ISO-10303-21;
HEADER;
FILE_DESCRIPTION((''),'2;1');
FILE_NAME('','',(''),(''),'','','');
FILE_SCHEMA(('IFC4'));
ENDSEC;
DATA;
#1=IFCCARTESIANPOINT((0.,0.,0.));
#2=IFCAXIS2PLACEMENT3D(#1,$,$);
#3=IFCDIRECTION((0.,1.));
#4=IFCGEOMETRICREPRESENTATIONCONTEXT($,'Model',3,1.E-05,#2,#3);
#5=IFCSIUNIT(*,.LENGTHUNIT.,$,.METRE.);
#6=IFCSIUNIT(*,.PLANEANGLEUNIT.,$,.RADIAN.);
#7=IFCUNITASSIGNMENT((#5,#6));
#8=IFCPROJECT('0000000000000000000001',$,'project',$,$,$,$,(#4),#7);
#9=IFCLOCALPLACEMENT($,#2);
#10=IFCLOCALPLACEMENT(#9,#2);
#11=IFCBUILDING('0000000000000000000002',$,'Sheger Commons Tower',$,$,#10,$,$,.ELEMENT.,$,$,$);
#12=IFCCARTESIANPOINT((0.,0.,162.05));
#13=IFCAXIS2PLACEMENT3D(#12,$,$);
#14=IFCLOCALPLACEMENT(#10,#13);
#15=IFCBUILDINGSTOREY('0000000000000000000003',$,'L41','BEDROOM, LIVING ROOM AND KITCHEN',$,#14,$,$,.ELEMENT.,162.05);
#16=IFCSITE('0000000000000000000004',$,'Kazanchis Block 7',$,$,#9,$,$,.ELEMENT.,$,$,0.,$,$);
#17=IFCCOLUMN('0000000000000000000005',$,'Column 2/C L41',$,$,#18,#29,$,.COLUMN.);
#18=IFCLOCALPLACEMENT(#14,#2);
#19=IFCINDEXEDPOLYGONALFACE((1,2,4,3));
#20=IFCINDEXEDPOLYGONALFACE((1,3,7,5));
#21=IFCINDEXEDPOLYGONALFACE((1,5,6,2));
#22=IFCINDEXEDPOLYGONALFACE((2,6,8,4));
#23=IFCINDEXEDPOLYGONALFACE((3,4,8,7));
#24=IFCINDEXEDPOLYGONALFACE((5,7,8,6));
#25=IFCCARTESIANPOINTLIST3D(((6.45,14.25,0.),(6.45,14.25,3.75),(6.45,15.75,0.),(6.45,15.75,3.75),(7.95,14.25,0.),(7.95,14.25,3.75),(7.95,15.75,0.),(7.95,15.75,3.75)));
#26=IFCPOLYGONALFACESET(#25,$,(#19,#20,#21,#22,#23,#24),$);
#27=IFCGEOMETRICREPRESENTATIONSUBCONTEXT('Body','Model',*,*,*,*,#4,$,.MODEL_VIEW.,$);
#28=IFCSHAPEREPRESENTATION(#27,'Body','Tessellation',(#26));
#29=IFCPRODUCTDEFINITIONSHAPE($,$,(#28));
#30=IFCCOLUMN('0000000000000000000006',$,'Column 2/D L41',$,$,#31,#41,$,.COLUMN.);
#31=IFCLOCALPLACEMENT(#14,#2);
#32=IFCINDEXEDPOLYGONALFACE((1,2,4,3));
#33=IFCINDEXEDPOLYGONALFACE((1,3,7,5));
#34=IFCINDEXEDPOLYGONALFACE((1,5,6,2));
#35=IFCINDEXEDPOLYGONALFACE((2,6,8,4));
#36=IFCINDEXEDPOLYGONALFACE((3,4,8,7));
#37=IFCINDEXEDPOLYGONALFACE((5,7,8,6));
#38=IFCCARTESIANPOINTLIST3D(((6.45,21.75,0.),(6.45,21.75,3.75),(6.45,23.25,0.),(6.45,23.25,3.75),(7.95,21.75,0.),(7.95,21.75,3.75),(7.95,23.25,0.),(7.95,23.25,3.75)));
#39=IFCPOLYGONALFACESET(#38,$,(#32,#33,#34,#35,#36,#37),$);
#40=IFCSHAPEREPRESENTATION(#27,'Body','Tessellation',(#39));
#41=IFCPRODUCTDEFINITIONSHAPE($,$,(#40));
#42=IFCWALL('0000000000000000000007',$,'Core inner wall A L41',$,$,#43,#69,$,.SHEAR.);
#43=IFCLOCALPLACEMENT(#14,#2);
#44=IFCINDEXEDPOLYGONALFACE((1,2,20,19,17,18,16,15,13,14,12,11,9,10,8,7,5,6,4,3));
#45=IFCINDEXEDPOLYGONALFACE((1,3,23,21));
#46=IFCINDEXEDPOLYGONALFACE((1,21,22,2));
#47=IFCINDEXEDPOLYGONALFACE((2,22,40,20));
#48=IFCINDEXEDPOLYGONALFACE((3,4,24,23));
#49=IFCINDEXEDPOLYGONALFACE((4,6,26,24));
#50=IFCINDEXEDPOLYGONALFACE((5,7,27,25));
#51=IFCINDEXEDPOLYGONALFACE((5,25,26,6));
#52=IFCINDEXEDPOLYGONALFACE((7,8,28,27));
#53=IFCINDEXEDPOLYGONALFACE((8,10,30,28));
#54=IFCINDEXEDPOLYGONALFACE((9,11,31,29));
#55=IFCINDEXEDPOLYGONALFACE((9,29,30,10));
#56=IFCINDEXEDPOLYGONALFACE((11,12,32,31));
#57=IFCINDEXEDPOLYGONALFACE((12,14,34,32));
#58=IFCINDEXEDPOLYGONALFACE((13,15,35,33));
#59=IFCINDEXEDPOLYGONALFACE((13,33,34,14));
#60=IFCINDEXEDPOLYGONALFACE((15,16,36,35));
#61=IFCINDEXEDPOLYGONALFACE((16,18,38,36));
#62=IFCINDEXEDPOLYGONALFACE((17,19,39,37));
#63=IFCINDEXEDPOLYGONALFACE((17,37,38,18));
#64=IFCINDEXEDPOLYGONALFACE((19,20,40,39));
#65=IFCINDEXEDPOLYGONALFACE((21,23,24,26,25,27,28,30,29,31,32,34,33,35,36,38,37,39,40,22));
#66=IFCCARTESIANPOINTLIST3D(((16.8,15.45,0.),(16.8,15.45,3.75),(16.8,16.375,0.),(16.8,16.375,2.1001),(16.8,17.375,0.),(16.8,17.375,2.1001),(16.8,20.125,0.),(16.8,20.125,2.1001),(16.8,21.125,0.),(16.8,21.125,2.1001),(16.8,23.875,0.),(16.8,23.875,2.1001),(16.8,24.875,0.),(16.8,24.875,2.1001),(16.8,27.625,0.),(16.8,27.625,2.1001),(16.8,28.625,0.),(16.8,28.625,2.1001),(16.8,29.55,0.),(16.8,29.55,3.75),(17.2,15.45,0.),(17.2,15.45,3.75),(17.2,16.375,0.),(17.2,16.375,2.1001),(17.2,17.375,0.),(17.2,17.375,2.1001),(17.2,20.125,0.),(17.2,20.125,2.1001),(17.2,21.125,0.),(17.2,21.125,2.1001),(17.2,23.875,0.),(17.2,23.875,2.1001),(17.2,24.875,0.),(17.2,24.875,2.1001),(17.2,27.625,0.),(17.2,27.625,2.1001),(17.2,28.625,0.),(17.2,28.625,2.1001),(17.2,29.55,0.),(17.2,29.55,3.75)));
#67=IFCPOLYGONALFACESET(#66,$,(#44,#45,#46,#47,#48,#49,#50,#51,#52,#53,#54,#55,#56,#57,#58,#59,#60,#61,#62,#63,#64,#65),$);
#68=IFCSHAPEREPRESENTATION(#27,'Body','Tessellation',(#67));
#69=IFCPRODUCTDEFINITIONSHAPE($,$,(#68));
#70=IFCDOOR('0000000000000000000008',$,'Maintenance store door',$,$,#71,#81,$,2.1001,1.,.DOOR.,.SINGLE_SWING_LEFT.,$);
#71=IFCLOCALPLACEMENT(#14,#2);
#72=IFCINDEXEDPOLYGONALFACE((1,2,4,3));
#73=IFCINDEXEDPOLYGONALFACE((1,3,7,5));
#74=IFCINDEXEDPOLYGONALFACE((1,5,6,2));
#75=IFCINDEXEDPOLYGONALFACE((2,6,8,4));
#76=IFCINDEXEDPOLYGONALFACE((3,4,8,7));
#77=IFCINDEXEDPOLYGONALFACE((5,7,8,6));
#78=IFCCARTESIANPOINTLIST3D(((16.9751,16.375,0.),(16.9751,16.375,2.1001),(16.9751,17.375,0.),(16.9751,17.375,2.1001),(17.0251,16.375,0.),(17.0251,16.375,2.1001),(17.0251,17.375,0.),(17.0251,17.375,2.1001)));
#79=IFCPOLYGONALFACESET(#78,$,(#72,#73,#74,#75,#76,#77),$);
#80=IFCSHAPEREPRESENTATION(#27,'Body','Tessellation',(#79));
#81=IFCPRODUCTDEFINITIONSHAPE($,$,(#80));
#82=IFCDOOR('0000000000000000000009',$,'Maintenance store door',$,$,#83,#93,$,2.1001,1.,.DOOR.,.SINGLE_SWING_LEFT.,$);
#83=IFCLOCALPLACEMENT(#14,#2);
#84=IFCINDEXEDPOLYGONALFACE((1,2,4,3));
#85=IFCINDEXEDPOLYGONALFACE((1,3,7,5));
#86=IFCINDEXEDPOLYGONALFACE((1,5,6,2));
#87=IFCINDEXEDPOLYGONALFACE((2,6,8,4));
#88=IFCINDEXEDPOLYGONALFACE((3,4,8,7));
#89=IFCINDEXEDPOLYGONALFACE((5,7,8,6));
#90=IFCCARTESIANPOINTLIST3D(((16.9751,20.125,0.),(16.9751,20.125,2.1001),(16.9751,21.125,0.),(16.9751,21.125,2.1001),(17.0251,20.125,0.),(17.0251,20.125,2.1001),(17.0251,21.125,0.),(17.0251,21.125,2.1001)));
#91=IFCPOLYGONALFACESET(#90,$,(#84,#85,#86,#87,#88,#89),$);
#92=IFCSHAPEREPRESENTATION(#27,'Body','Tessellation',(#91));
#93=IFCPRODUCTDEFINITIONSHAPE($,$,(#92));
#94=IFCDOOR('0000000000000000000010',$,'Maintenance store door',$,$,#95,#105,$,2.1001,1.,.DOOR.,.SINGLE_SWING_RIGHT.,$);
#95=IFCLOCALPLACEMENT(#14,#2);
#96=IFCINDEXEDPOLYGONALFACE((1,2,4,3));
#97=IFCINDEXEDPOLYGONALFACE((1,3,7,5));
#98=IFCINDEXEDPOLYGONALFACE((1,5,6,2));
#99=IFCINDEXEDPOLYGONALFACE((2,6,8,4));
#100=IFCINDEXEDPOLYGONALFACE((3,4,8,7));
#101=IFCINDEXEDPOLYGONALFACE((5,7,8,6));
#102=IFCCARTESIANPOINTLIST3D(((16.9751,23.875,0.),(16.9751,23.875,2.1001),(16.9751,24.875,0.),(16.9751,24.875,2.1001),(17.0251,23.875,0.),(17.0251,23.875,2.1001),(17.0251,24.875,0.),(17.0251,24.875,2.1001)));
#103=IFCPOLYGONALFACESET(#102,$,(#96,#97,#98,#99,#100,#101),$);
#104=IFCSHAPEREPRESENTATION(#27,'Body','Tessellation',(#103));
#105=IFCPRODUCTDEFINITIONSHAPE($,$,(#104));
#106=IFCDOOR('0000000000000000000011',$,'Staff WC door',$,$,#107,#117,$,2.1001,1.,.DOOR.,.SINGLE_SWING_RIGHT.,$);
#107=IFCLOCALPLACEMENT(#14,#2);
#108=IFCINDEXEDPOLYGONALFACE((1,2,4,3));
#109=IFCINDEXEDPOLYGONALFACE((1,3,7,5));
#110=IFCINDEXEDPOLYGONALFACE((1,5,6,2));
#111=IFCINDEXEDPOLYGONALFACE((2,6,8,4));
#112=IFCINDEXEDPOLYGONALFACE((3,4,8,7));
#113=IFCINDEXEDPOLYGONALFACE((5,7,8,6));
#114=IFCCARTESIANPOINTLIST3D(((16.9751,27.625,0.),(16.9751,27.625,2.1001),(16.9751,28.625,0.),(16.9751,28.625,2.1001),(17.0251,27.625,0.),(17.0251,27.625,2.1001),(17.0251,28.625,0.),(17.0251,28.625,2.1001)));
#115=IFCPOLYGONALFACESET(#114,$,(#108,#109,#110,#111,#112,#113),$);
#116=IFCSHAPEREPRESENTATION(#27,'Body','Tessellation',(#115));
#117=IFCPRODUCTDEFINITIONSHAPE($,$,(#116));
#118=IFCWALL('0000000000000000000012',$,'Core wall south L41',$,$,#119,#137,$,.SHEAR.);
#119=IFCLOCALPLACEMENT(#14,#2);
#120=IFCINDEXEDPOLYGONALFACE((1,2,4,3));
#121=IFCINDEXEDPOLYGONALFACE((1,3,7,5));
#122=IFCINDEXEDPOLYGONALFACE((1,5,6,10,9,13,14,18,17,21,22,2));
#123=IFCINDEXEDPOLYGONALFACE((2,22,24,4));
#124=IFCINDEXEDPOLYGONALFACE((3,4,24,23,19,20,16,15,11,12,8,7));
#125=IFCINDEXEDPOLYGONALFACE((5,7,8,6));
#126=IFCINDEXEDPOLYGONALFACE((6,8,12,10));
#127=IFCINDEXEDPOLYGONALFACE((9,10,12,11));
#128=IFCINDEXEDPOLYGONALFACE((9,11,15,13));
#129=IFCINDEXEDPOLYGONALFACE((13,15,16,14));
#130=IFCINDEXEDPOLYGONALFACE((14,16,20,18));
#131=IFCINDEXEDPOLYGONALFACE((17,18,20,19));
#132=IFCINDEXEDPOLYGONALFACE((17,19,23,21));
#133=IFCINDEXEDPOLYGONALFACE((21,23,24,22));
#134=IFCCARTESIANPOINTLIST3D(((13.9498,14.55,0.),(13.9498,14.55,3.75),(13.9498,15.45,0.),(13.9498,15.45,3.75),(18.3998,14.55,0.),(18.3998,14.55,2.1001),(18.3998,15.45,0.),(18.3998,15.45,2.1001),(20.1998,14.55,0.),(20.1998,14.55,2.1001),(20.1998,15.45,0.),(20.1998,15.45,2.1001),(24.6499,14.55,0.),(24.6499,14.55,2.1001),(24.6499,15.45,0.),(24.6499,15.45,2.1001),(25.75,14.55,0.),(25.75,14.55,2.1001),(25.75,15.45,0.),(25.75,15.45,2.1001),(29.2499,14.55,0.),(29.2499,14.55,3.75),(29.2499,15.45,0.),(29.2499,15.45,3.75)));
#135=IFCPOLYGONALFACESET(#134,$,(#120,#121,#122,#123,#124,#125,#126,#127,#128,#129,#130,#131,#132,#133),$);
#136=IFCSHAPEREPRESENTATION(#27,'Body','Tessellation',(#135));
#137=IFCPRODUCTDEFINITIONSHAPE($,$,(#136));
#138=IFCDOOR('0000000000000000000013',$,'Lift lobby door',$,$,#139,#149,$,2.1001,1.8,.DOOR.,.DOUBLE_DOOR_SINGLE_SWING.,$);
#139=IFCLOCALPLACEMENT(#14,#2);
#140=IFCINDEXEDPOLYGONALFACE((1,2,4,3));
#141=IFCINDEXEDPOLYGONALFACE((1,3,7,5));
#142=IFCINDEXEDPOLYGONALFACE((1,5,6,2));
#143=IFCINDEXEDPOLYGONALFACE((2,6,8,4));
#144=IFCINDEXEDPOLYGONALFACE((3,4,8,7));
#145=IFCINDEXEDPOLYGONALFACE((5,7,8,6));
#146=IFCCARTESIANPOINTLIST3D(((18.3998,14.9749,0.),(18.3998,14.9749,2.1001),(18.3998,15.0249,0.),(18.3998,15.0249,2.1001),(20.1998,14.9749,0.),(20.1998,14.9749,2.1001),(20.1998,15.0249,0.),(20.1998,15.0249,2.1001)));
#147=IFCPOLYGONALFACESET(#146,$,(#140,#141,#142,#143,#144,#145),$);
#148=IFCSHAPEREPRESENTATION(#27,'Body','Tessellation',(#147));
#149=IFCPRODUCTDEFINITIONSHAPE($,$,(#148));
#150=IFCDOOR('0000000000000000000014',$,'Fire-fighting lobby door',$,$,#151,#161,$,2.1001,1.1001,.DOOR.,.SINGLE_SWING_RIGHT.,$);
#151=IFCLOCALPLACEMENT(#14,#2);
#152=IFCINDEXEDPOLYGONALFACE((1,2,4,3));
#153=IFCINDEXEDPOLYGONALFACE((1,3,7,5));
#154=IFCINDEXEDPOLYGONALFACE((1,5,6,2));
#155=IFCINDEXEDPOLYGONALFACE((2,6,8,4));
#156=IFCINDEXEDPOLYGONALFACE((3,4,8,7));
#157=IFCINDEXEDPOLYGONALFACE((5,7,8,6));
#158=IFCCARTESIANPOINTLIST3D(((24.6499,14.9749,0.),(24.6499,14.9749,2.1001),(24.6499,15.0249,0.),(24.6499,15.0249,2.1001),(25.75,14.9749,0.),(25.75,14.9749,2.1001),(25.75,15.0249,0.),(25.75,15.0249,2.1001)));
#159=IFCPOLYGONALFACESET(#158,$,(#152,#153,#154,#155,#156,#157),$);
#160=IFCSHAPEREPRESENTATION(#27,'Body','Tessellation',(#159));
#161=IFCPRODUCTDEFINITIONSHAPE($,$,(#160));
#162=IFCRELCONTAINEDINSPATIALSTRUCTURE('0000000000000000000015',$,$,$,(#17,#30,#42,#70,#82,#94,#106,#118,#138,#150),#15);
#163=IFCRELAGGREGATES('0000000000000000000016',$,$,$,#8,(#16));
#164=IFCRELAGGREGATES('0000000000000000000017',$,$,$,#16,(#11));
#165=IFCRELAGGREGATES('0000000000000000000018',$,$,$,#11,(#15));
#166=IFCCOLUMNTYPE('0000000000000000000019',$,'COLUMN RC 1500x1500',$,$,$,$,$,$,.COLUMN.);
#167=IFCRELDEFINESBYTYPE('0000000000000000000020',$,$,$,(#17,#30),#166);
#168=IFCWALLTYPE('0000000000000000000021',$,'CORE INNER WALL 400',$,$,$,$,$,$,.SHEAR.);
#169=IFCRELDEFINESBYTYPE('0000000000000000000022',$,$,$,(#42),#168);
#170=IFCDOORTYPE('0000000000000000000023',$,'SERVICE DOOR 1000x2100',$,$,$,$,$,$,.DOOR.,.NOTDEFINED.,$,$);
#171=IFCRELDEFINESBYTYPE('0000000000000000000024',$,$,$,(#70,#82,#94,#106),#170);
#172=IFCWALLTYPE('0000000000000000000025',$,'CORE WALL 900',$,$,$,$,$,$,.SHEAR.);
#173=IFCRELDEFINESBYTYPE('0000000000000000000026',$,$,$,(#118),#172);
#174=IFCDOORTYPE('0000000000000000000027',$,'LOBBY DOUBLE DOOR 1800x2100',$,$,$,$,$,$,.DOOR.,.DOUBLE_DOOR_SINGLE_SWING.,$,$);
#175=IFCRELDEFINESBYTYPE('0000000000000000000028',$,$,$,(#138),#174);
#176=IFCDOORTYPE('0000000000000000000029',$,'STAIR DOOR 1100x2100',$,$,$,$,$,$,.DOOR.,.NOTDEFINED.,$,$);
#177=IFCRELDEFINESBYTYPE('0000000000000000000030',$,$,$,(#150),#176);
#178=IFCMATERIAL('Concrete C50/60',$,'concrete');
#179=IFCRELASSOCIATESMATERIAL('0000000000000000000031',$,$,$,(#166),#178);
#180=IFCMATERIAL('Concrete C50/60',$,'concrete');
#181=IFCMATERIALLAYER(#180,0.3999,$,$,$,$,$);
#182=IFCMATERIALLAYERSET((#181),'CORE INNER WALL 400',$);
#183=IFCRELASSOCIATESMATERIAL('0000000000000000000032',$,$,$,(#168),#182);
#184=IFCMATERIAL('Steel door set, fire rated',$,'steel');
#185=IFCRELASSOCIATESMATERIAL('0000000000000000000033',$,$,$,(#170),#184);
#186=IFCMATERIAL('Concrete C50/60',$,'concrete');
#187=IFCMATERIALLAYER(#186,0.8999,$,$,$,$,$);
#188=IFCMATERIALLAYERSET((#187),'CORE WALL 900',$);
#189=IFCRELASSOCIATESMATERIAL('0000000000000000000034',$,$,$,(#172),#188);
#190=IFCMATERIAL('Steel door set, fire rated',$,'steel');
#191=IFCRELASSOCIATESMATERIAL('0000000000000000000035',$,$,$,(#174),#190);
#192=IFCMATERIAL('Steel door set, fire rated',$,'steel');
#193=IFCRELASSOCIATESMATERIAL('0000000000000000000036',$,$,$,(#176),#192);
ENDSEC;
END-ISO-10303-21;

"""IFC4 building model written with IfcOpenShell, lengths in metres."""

from ifc_helpers import new_model, si_unit, direction, frame, frame_2d, origin, origin_2d, place, context, subcontext, project, spatial, rectangle, extrude, material, layer, layer_set, material_profile, profile_set, type_object, element, fill, save


model = new_model("IFC4")

# Units and contexts
model_context = context("Model", 3, precision=1e-05, world=origin(), true_north=direction((0.0, 1.0)))
body_context = subcontext(model_context, "Body", "Model", "MODEL_VIEW")
ifc_project = project(units=[si_unit("LENGTHUNIT", "METRE"), si_unit("PLANEANGLEUNIT", "RADIAN")], contexts=[model_context])

# Site, building, storey
site_placement = place(None, origin())
site = spatial("IfcSite", under=ifc_project, at=site_placement, Name="Kazanchis Block 7", CompositionType="ELEMENT", RefElevation=0.0)
building_placement = place(site_placement, origin())
building = spatial("IfcBuilding", under=site, at=building_placement, Name="Sheger Commons Tower", CompositionType="ELEMENT")
storey_placement = place(building_placement, frame((0.0, 0.0, 162.05)))
storey = spatial("IfcBuildingStorey", under=building, at=storey_placement, Name="L41", Description="BEDROOM, LIVING ROOM AND KITCHEN", CompositionType="ELEMENT", Elevation=162.05)

# Columns
ifc_material_1 = material(Name="Concrete C50/60", Category="concrete")
ifc_material_profile = material_profile(ifc_material_1, rectangle(XDim=1.5, YDim=1.5, at=origin_2d()), Name="RC 1500x1500")
ifc_profile_set = profile_set([ifc_material_profile], Name="Concrete C50/60")
column_type = type_object("IfcColumnType", Name="COLUMN RC 1500x1500", PredefinedType="COLUMN", material=ifc_profile_set)
for number, where, z_axis, x_axis, name in (
    (1, (7.2, 15.0, 0.0), (0.0, 0.0, 1.0), (1.0, 0.0, 0.0), "Column 2/C L41"),
    (2, (7.2, 22.5, 0.0), (0.0, 0.0, 1.0), (1.0, 0.0, 0.0), "Column 2/D L41"),
):
    element("IfcColumn", number, at=place(storey_placement, frame(where, z_axis=z_axis, x_axis=x_axis)), inside=storey, type_object=column_type, Name=name, PredefinedType="COLUMN", context=body_context, shape_type="SweptSolid", body=[
        extrude(rectangle(XDim=1.5, YDim=1.5, at=origin_2d()), origin(), (0.0, 0.0, 1.0), 3.75),
    ])

# Walls, openings, doors
ifc_material_2 = material(Name="Concrete C50/60", Category="concrete")
ifc_layer_1 = layer(ifc_material_2, 0.3999)
ifc_layer_set_1 = layer_set([ifc_layer_1], Name="CORE INNER WALL 400")
wall_type_1 = type_object("IfcWallType", Name="CORE INNER WALL 400", PredefinedType="SHEAR", material=ifc_layer_set_1)
wall_1_placement = place(storey_placement, frame((17.0, 15.45, 0.0), z_axis=(0.0, 0.0, 1.0), x_axis=(0.0, 1.0, 0.0)))
wall_1 = element("IfcWall", 3, at=wall_1_placement, inside=storey, type_object=wall_type_1, Name="Core inner wall A L41", PredefinedType="SHEAR", context=body_context, shape_type="SweptSolid", body=[
    extrude(rectangle(XDim=14.1001, YDim=0.3999, at=frame_2d((7.05, 0.0))), origin(), (0.0, 0.0, 1.0), 3.75),
])
opening_1_placement = place(wall_1_placement, frame((0.925, 0.0, 0.0)))
opening_1 = element("IfcOpeningElement", 4, at=opening_1_placement, cuts=wall_1, PredefinedType="OPENING", context=body_context, shape_type="SweptSolid", body=[
    extrude(rectangle(XDim=1.0, YDim=2.1001, at=frame_2d((0.5, 1.05))), frame((0.0, 0.21, 0.0), z_axis=(0.0, -1.0, 0.0), x_axis=(1.0, 0.0, 0.0)), (0.0, 0.0, 1.0), 0.4199),
])
opening_2_placement = place(wall_1_placement, frame((4.675, 0.0, 0.0)))
opening_2 = element("IfcOpeningElement", 5, at=opening_2_placement, cuts=wall_1, PredefinedType="OPENING", context=body_context, shape_type="SweptSolid", body=[
    extrude(rectangle(XDim=1.0, YDim=2.1001, at=frame_2d((0.5, 1.05))), frame((0.0, 0.21, 0.0), z_axis=(0.0, -1.0, 0.0), x_axis=(1.0, 0.0, 0.0)), (0.0, 0.0, 1.0), 0.4199),
])
opening_3_placement = place(wall_1_placement, frame((8.425, 0.0, 0.0)))
opening_3 = element("IfcOpeningElement", 6, at=opening_3_placement, cuts=wall_1, PredefinedType="OPENING", context=body_context, shape_type="SweptSolid", body=[
    extrude(rectangle(XDim=1.0, YDim=2.1001, at=frame_2d((0.5, 1.05))), frame((0.0, 0.21, 0.0), z_axis=(0.0, -1.0, 0.0), x_axis=(1.0, 0.0, 0.0)), (0.0, 0.0, 1.0), 0.4199),
])
opening_4_placement = place(wall_1_placement, frame((12.175, 0.0, 0.0)))
opening_4 = element("IfcOpeningElement", 7, at=opening_4_placement, cuts=wall_1, PredefinedType="OPENING", context=body_context, shape_type="SweptSolid", body=[
    extrude(rectangle(XDim=1.0, YDim=2.1001, at=frame_2d((0.5, 1.05))), frame((0.0, 0.21, 0.0), z_axis=(0.0, -1.0, 0.0), x_axis=(1.0, 0.0, 0.0)), (0.0, 0.0, 1.0), 0.4199),
])
ifc_material_3 = material(Name="Steel door set, fire rated", Category="steel")
door_type_1 = type_object("IfcDoorType", Name="SERVICE DOOR 1000x2100", OperationType="NOTDEFINED", PredefinedType="DOOR", material=ifc_material_3)
door_1_placement = place(opening_1_placement, origin())
door_1 = element("IfcDoor", 8, at=door_1_placement, inside=storey, type_object=door_type_1, Name="Maintenance store door", OperationType="SINGLE_SWING_LEFT", OverallHeight=2.1001, OverallWidth=1.0, PredefinedType="DOOR", context=body_context, shape_type="SweptSolid", body=[
    extrude(rectangle(XDim=1.0, YDim=2.1001, at=frame_2d((0.5, 1.05))), frame((0.0, 0.0249, 0.0), z_axis=(0.0, -1.0, 0.0), x_axis=(1.0, 0.0, 0.0)), (0.0, 0.0, 1.0), 0.05),
])
fill(opening_1, door_1)
door_2_placement = place(opening_2_placement, origin())
door_2 = element("IfcDoor", 9, at=door_2_placement, inside=storey, type_object=door_type_1, Name="Maintenance store door", OperationType="SINGLE_SWING_LEFT", OverallHeight=2.1001, OverallWidth=1.0, PredefinedType="DOOR", context=body_context, shape_type="SweptSolid", body=[
    extrude(rectangle(XDim=1.0, YDim=2.1001, at=frame_2d((0.5, 1.05))), frame((0.0, 0.0249, 0.0), z_axis=(0.0, -1.0, 0.0), x_axis=(1.0, 0.0, 0.0)), (0.0, 0.0, 1.0), 0.05),
])
fill(opening_2, door_2)
door_3_placement = place(opening_3_placement, origin())
door_3 = element("IfcDoor", 10, at=door_3_placement, inside=storey, type_object=door_type_1, Name="Maintenance store door", OperationType="SINGLE_SWING_RIGHT", OverallHeight=2.1001, OverallWidth=1.0, PredefinedType="DOOR", context=body_context, shape_type="SweptSolid", body=[
    extrude(rectangle(XDim=1.0, YDim=2.1001, at=frame_2d((0.5, 1.05))), frame((0.0, 0.0249, 0.0), z_axis=(0.0, -1.0, 0.0), x_axis=(1.0, 0.0, 0.0)), (0.0, 0.0, 1.0), 0.05),
])
fill(opening_3, door_3)
door_4_placement = place(opening_4_placement, origin())
door_4 = element("IfcDoor", 11, at=door_4_placement, inside=storey, type_object=door_type_1, Name="Staff WC door", OperationType="SINGLE_SWING_RIGHT", OverallHeight=2.1001, OverallWidth=1.0, PredefinedType="DOOR", context=body_context, shape_type="SweptSolid", body=[
    extrude(rectangle(XDim=1.0, YDim=2.1001, at=frame_2d((0.5, 1.05))), frame((0.0, 0.0249, 0.0), z_axis=(0.0, -1.0, 0.0), x_axis=(1.0, 0.0, 0.0)), (0.0, 0.0, 1.0), 0.05),
])
fill(opening_4, door_4)
ifc_material_4 = material(Name="Concrete C50/60", Category="concrete")
ifc_layer_2 = layer(ifc_material_4, 0.8999)
ifc_layer_set_2 = layer_set([ifc_layer_2], Name="CORE WALL 900")
wall_type_2 = type_object("IfcWallType", Name="CORE WALL 900", PredefinedType="SHEAR", material=ifc_layer_set_2)
wall_2_placement = place(storey_placement, frame((13.95, 15.0, 0.0), z_axis=(0.0, 0.0, 1.0), x_axis=(1.0, 0.0, 0.0)))
wall_2 = element("IfcWall", 12, at=wall_2_placement, inside=storey, type_object=wall_type_2, Name="Core wall south L41", PredefinedType="SHEAR", context=body_context, shape_type="SweptSolid", body=[
    extrude(rectangle(XDim=15.3, YDim=0.8999, at=frame_2d((7.6499, 0.0))), origin(), (0.0, 0.0, 1.0), 3.75),
])
opening_5_placement = place(wall_2_placement, frame((4.45, 0.0, 0.0)))
opening_5 = element("IfcOpeningElement", 13, at=opening_5_placement, cuts=wall_2, PredefinedType="OPENING", context=body_context, shape_type="SweptSolid", body=[
    extrude(rectangle(XDim=1.8, YDim=2.1001, at=frame_2d((0.8999, 1.05))), frame((0.0, 0.46, 0.0), z_axis=(0.0, -1.0, 0.0), x_axis=(1.0, 0.0, 0.0)), (0.0, 0.0, 1.0), 0.9199),
])
opening_6_placement = place(wall_2_placement, frame((10.7, 0.0, 0.0)))
opening_6 = element("IfcOpeningElement", 14, at=opening_6_placement, cuts=wall_2, PredefinedType="OPENING", context=body_context, shape_type="SweptSolid", body=[
    extrude(rectangle(XDim=1.1001, YDim=2.1001, at=frame_2d((0.55, 1.05))), frame((0.0, 0.46, 0.0), z_axis=(0.0, -1.0, 0.0), x_axis=(1.0, 0.0, 0.0)), (0.0, 0.0, 1.0), 0.9199),
])
ifc_material_5 = material(Name="Steel door set, fire rated", Category="steel")
door_type_2 = type_object("IfcDoorType", Name="LOBBY DOUBLE DOOR 1800x2100", OperationType="DOUBLE_DOOR_SINGLE_SWING", PredefinedType="DOOR", material=ifc_material_5)
door_5_placement = place(opening_5_placement, origin())
door_5 = element("IfcDoor", 15, at=door_5_placement, inside=storey, type_object=door_type_2, Name="Lift lobby door", OperationType="DOUBLE_DOOR_SINGLE_SWING", OverallHeight=2.1001, OverallWidth=1.8, PredefinedType="DOOR", context=body_context, shape_type="SweptSolid", body=[
    extrude(rectangle(XDim=1.8, YDim=2.1001, at=frame_2d((0.8999, 1.05))), frame((0.0, 0.0249, 0.0), z_axis=(0.0, -1.0, 0.0), x_axis=(1.0, 0.0, 0.0)), (0.0, 0.0, 1.0), 0.05),
])
fill(opening_5, door_5)
ifc_material_6 = material(Name="Steel door set, fire rated", Category="steel")
door_type_3 = type_object("IfcDoorType", Name="STAIR DOOR 1100x2100", OperationType="NOTDEFINED", PredefinedType="DOOR", material=ifc_material_6)
door_6_placement = place(opening_6_placement, origin())
door_6 = element("IfcDoor", 16, at=door_6_placement, inside=storey, type_object=door_type_3, Name="Fire-fighting lobby door", OperationType="SINGLE_SWING_RIGHT", OverallHeight=2.1001, OverallWidth=1.1001, PredefinedType="DOOR", context=body_context, shape_type="SweptSolid", body=[
    extrude(rectangle(XDim=1.1001, YDim=2.1001, at=frame_2d((0.55, 1.05))), frame((0.0, 0.0249, 0.0), z_axis=(0.0, -1.0, 0.0), x_axis=(1.0, 0.0, 0.0)), (0.0, 0.0, 1.0), 0.05),
])
fill(opening_6, door_6)

save(model, "model.ifc")
